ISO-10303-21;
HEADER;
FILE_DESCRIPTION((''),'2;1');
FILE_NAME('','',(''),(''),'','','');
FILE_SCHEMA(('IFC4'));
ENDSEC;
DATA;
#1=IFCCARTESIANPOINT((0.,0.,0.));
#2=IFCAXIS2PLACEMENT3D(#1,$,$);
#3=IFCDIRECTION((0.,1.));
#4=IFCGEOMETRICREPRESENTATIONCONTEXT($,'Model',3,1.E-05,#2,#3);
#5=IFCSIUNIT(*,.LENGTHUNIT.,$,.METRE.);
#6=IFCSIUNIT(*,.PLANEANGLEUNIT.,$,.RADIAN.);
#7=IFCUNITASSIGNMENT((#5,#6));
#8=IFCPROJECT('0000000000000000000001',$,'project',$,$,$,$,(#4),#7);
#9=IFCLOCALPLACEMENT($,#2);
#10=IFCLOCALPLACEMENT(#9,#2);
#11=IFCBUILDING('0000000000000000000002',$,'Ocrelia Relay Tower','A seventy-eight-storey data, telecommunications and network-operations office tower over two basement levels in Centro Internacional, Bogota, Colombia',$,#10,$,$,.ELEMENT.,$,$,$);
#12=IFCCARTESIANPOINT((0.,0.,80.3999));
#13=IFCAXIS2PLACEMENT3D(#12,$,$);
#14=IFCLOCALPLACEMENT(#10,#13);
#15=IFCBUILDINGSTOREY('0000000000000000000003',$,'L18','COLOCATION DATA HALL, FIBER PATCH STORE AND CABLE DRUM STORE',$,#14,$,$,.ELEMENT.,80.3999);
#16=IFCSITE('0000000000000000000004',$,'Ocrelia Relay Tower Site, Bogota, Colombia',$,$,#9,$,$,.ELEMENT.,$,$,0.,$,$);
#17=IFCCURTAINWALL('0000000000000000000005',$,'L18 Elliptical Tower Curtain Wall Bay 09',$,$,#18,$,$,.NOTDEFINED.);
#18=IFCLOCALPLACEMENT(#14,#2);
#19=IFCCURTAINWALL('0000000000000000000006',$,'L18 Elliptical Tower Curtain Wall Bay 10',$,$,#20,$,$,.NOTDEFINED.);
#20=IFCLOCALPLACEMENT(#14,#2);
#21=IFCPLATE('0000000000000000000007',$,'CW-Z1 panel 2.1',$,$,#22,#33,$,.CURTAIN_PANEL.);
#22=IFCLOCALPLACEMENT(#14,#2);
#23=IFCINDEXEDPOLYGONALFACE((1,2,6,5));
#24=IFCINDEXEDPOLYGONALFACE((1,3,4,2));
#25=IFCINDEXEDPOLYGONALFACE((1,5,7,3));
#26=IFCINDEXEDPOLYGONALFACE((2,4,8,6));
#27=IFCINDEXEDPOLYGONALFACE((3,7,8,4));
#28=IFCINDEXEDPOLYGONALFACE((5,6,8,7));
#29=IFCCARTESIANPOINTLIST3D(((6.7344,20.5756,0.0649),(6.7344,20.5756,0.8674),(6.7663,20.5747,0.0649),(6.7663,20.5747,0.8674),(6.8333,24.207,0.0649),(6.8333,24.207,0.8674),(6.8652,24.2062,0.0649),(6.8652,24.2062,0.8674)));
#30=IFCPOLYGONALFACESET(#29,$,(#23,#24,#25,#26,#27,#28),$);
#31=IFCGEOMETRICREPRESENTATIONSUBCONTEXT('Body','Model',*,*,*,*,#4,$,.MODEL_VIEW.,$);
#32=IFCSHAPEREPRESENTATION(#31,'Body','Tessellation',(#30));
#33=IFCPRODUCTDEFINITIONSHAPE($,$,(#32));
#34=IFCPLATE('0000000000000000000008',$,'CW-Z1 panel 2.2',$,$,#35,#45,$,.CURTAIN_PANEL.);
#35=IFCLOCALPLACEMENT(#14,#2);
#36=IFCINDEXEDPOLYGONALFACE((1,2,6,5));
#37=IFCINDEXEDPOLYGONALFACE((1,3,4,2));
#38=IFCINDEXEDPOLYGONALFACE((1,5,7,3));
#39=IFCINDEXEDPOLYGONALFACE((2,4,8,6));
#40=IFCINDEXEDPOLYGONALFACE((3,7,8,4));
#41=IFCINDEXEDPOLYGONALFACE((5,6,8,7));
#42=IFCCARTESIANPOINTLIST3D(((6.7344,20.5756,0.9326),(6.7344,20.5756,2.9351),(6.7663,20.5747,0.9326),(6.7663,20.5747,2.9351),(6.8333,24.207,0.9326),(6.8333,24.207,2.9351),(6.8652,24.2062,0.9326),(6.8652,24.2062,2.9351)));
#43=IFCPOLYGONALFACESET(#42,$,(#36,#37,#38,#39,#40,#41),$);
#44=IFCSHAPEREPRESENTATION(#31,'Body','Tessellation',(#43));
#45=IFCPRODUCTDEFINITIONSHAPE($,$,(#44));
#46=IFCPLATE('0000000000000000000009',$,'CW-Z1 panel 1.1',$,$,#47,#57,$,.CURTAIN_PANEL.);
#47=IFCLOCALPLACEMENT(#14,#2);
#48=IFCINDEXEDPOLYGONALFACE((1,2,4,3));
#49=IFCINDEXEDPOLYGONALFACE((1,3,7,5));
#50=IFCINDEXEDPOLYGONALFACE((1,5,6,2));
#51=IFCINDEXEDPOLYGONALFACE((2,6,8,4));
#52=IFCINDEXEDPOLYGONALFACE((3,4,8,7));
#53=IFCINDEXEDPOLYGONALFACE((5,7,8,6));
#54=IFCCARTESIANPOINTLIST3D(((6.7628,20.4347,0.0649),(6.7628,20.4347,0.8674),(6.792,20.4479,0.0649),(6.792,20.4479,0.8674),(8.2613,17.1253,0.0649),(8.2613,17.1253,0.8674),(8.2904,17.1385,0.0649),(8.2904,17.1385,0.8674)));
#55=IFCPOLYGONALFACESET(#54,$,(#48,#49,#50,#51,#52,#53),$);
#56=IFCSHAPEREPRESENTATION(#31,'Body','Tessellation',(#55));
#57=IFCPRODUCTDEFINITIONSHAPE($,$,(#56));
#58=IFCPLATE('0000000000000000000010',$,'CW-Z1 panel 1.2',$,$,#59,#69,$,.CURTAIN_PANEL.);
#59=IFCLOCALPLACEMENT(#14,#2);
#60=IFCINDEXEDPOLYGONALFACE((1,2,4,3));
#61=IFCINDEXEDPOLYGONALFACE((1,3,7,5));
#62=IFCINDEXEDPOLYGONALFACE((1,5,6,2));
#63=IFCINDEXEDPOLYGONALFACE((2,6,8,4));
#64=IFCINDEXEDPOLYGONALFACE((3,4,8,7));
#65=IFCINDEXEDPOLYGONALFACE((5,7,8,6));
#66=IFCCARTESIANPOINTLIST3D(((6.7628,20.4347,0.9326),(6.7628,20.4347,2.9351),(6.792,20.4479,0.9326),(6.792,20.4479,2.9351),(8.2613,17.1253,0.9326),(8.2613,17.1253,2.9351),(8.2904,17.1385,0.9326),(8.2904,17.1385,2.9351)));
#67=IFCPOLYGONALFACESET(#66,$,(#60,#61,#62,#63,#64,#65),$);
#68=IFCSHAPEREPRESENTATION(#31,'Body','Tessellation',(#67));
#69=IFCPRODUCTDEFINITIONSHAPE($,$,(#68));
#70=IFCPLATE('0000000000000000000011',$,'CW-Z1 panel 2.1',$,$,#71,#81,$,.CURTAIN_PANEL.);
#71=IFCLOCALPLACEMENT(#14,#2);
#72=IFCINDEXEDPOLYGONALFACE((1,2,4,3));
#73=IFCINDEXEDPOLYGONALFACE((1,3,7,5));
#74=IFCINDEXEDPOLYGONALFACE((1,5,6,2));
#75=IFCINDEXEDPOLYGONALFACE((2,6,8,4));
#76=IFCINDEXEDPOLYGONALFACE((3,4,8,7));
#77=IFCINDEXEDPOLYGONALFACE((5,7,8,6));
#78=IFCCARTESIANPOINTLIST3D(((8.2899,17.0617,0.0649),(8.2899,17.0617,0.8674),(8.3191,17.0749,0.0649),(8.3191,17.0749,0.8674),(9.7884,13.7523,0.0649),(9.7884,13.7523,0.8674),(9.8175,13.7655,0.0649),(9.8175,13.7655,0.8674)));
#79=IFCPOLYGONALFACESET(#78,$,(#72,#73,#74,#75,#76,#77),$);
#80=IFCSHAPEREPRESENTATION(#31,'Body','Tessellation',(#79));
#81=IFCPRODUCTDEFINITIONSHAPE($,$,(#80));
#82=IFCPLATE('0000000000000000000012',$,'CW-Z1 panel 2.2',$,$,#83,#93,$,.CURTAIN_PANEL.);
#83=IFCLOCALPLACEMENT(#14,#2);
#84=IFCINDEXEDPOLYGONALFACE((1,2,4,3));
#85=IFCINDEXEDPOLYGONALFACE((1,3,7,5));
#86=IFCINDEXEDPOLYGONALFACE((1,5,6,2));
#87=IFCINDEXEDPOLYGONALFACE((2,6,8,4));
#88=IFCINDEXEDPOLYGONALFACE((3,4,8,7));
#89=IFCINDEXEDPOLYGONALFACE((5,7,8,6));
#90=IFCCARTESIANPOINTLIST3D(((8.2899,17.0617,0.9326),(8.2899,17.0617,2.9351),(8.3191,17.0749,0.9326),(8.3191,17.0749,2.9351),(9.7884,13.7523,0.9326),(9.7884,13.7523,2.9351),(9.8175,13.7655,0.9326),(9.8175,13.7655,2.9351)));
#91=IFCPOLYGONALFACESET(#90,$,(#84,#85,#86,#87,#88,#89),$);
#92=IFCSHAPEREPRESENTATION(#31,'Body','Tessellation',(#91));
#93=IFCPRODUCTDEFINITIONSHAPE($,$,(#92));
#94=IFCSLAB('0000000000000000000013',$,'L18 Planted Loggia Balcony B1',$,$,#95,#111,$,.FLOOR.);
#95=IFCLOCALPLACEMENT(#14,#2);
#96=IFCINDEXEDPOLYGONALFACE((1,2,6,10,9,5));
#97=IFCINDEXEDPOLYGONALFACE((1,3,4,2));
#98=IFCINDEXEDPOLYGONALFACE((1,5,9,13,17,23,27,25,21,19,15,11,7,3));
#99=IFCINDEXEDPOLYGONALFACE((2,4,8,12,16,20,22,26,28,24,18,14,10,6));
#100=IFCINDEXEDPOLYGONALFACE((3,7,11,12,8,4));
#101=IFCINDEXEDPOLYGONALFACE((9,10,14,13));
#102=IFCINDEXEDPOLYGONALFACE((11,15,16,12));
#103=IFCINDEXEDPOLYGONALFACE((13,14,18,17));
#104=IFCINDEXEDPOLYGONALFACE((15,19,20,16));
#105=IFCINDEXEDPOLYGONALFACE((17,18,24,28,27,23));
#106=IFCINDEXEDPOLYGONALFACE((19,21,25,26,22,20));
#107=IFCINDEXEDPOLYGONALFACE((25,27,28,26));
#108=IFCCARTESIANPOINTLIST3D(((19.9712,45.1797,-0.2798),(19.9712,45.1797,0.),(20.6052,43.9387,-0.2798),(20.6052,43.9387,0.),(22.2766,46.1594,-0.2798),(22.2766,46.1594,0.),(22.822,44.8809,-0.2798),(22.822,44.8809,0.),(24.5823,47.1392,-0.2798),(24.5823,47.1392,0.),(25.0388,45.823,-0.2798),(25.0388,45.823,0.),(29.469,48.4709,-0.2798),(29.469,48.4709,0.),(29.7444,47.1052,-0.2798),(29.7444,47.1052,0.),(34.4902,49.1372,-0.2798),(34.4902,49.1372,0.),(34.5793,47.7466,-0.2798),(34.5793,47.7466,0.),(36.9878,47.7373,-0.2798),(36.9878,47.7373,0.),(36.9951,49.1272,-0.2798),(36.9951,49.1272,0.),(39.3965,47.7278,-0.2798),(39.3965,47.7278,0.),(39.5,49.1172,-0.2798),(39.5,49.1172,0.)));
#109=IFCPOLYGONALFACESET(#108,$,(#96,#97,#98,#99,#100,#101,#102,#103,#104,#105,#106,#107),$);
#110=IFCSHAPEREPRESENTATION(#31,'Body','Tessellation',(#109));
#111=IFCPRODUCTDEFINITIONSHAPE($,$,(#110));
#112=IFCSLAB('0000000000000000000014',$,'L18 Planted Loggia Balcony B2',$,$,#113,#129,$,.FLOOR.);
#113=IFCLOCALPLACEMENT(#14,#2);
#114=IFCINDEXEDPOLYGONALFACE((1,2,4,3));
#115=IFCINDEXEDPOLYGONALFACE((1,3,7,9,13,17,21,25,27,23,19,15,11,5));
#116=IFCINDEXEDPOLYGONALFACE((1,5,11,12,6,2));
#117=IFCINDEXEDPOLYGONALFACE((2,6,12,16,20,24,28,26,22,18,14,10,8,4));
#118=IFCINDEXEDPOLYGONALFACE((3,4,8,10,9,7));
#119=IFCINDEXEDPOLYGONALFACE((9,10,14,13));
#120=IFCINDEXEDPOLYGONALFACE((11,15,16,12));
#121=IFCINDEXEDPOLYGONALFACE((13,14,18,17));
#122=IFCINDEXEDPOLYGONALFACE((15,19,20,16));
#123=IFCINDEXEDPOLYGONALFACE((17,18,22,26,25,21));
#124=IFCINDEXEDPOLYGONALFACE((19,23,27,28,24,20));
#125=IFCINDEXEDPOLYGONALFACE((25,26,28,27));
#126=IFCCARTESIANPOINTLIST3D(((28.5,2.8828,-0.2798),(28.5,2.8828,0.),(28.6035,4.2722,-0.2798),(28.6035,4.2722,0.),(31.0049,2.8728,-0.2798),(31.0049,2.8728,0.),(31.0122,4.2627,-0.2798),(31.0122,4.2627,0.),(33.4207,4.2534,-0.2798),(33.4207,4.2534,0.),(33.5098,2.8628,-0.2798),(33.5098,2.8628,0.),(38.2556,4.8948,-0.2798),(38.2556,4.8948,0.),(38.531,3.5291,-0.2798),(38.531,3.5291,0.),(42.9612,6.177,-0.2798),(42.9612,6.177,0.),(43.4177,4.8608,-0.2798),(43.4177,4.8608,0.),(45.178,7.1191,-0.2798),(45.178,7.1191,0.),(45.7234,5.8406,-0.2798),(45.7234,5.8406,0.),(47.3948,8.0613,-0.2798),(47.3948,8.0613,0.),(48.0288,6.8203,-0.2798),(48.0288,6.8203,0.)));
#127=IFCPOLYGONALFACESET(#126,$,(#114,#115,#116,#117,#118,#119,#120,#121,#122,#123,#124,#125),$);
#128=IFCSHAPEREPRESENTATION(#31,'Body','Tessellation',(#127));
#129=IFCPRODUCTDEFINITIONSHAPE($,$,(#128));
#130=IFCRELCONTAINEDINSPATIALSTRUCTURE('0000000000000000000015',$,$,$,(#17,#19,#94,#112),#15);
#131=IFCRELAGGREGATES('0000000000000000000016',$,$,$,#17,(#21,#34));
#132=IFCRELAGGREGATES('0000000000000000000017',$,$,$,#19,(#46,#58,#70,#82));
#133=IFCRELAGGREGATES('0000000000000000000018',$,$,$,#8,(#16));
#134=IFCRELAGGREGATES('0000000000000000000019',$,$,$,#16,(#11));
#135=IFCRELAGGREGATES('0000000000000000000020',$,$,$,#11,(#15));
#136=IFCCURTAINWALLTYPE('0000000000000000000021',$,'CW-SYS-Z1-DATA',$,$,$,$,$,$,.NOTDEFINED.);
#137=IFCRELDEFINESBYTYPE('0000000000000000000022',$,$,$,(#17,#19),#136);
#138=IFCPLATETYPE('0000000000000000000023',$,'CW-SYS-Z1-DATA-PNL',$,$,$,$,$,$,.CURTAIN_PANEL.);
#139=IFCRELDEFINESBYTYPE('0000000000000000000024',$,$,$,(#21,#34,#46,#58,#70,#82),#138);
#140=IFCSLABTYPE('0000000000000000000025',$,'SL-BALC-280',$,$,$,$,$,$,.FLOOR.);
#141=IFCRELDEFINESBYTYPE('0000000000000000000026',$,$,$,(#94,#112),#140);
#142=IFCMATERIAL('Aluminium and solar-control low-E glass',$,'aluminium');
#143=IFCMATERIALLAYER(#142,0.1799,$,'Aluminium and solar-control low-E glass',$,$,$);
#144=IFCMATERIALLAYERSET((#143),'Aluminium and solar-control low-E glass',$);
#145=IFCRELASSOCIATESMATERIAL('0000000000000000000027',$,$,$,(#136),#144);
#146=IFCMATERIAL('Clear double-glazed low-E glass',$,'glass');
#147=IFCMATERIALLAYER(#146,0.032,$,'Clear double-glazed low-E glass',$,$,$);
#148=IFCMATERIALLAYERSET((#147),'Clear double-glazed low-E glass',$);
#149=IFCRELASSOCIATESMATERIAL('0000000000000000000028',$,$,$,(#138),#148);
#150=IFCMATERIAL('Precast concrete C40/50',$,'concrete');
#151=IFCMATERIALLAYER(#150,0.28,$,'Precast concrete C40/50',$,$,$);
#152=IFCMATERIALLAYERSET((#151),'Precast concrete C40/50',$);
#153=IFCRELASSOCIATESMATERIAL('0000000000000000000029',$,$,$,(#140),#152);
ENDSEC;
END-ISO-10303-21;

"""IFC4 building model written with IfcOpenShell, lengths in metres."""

from ifc_helpers import new_model, si_unit, direction, frame, origin, origin_2d, place, context, subcontext, project, spatial, polyline, rectangle, outline, extrude, material, layer, layer_set, type_object, element, aggregate, save


model = new_model("IFC4")

# Units and contexts
model_context = context("Model", 3, precision=1e-05, world=origin(), true_north=direction((0.0, 1.0)))
body_context = subcontext(model_context, "Body", "Model", "MODEL_VIEW")
ifc_project = project(units=[si_unit("LENGTHUNIT", "METRE"), si_unit("PLANEANGLEUNIT", "RADIAN")], contexts=[model_context])

# Site, building, storey
site_placement = place(None, origin())
site = spatial("IfcSite", under=ifc_project, at=site_placement, Name="Ocrelia Relay Tower Site, Bogota, Colombia", CompositionType="ELEMENT", RefElevation=0.0)
building_placement = place(site_placement, origin())
building = spatial("IfcBuilding", under=site, at=building_placement, Name="Ocrelia Relay Tower", Description="A seventy-eight-storey data, telecommunications and network-operations office tower over two basement levels in Centro Internacional, Bogota, Colombia", CompositionType="ELEMENT")
storey_placement = place(building_placement, frame((0.0, 0.0, 80.3999)))
storey = spatial("IfcBuildingStorey", under=building, at=storey_placement, Name="L18", Description="COLOCATION DATA HALL, FIBER PATCH STORE AND CABLE DRUM STORE", CompositionType="ELEMENT", Elevation=80.3999)

# Curtain wall
ifc_material_1 = material(Name="Aluminium and solar-control low-E glass", Category="aluminium")
ifc_layer_1 = layer(ifc_material_1, 0.1799, Name="Aluminium and solar-control low-E glass")
ifc_layer_set_1 = layer_set([ifc_layer_1], Name="Aluminium and solar-control low-E glass")
curtain_wall_type = type_object("IfcCurtainWallType", Name="CW-SYS-Z1-DATA", PredefinedType="NOTDEFINED", material=ifc_layer_set_1)
curtain_wall_1_placement = place(storey_placement, origin())
curtain_wall_1 = element("IfcCurtainWall", 1, at=curtain_wall_1_placement, inside=storey, type_object=curtain_wall_type, Name="L18 Elliptical Tower Curtain Wall Bay 09", PredefinedType="NOTDEFINED")

# Curtain wall
curtain_wall_2_placement = place(storey_placement, origin())
curtain_wall_2 = element("IfcCurtainWall", 2, at=curtain_wall_2_placement, inside=storey, type_object=curtain_wall_type, Name="L18 Elliptical Tower Curtain Wall Bay 10", PredefinedType="NOTDEFINED")

# Plates
ifc_material_2 = material(Name="Clear double-glazed low-E glass", Category="glass")
ifc_layer_2 = layer(ifc_material_2, 0.032, Name="Clear double-glazed low-E glass")
ifc_layer_set_2 = layer_set([ifc_layer_2], Name="Clear double-glazed low-E glass")
plate_type = type_object("IfcPlateType", Name="CW-SYS-Z1-DATA-PNL", PredefinedType="CURTAIN_PANEL", material=ifc_layer_set_2)
plate_1_placement = place(storey_placement, frame((6.7998, 22.3909, 0.0649), z_axis=(0.0, 0.0, 1.0), x_axis=(-0.027222, -0.999629, 0.0)))
plate_1 = element("IfcPlate", 3, at=plate_1_placement, type_object=plate_type, Name="CW-Z1 panel 2.1", PredefinedType="CURTAIN_PANEL", context=body_context, shape_type="SweptSolid", body=[
    extrude(rectangle(XDim=3.6328, YDim=0.032, at=origin_2d()), origin(), (0.0, 0.0, 1.0), 0.8025),
])
plate_2_placement = place(storey_placement, frame((6.7998, 22.3909, 0.9326), z_axis=(0.0, 0.0, 1.0), x_axis=(-0.027222, -0.999629, 0.0)))
plate_2 = element("IfcPlate", 4, at=plate_2_placement, type_object=plate_type, Name="CW-Z1 panel 2.2", PredefinedType="CURTAIN_PANEL", context=body_context, shape_type="SweptSolid", body=[
    extrude(rectangle(XDim=3.6328, YDim=0.032, at=origin_2d()), origin(), (0.0, 0.0, 1.0), 2.0024),
])
aggregate(curtain_wall_1, [plate_1, plate_2])
plate_3_placement = place(storey_placement, frame((7.5266, 18.7866, 0.0649), z_axis=(0.0, 0.0, 1.0), x_axis=(0.412471, -0.910971, 0.0)))
plate_3 = element("IfcPlate", 5, at=plate_3_placement, type_object=plate_type, Name="CW-Z1 panel 1.1", PredefinedType="CURTAIN_PANEL", context=body_context, shape_type="SweptSolid", body=[
    extrude(rectangle(XDim=3.6328, YDim=0.032, at=origin_2d()), origin(), (0.0, 0.0, 1.0), 0.8025),
])
plate_4_placement = place(storey_placement, frame((7.5266, 18.7866, 0.9326), z_axis=(0.0, 0.0, 1.0), x_axis=(0.412471, -0.910971, 0.0)))
plate_4 = element("IfcPlate", 6, at=plate_4_placement, type_object=plate_type, Name="CW-Z1 panel 1.2", PredefinedType="CURTAIN_PANEL", context=body_context, shape_type="SweptSolid", body=[
    extrude(rectangle(XDim=3.6328, YDim=0.032, at=origin_2d()), origin(), (0.0, 0.0, 1.0), 2.0024),
])
plate_5_placement = place(storey_placement, frame((9.0537, 15.4136, 0.0649), z_axis=(0.0, 0.0, 1.0), x_axis=(0.412471, -0.910971, 0.0)))
plate_5 = element("IfcPlate", 7, at=plate_5_placement, type_object=plate_type, Name="CW-Z1 panel 2.1", PredefinedType="CURTAIN_PANEL", context=body_context, shape_type="SweptSolid", body=[
    extrude(rectangle(XDim=3.6328, YDim=0.032, at=origin_2d()), origin(), (0.0, 0.0, 1.0), 0.8025),
])
plate_6_placement = place(storey_placement, frame((9.0537, 15.4136, 0.9326), z_axis=(0.0, 0.0, 1.0), x_axis=(0.412471, -0.910971, 0.0)))
plate_6 = element("IfcPlate", 8, at=plate_6_placement, type_object=plate_type, Name="CW-Z1 panel 2.2", PredefinedType="CURTAIN_PANEL", context=body_context, shape_type="SweptSolid", body=[
    extrude(rectangle(XDim=3.6328, YDim=0.032, at=origin_2d()), origin(), (0.0, 0.0, 1.0), 2.0024),
])
aggregate(curtain_wall_2, [plate_3, plate_4, plate_5, plate_6])

# Slabs
ifc_material_3 = material(Name="Precast concrete C40/50", Category="concrete")
ifc_layer_3 = layer(ifc_material_3, 0.28, Name="Precast concrete C40/50")
ifc_layer_set_3 = layer_set([ifc_layer_3], Name="Precast concrete C40/50")
slab_type_1 = type_object("IfcSlabType", Name="SL-BALC-280", PredefinedType="FLOOR", material=ifc_layer_set_3)
slab_1_placement = place(storey_placement, frame((0.0, 0.0, -0.2798)))
element("IfcSlab", 9, at=slab_1_placement, inside=storey, type_object=slab_type_1, Name="L18 Planted Loggia Balcony B1", PredefinedType="FLOOR", context=body_context, shape_type="SweptSolid", body=[
    extrude(outline(polyline([(39.3965, 47.7278), (36.9878, 47.7373), (34.5793, 47.7466), (29.7444, 47.1052), (25.0388, 45.823), (22.822, 44.8809), (20.6052, 43.9387), (19.9712, 45.1797), (22.2766, 46.1594), (24.5823, 47.1392), (29.469, 48.4709), (34.4902, 49.1372), (36.9951, 49.1272), (39.5, 49.1172), (39.3965, 47.7278)])), origin(), (0.0, 0.0, 1.0), 0.2798),
])
slab_2_placement = place(storey_placement, frame((0.0, 0.0, -0.2798)))
element("IfcSlab", 10, at=slab_2_placement, inside=storey, type_object=slab_type_1, Name="L18 Planted Loggia Balcony B2", PredefinedType="FLOOR", context=body_context, shape_type="SweptSolid", body=[
    extrude(outline(polyline([(28.6035, 4.2722), (31.0122, 4.2627), (33.4207, 4.2534), (38.2556, 4.8948), (42.9612, 6.177), (45.178, 7.1191), (47.3948, 8.0613), (48.0288, 6.8203), (45.7234, 5.8406), (43.4177, 4.8608), (38.531, 3.5291), (33.5098, 2.8628), (31.0049, 2.8728), (28.5, 2.8828), (28.6035, 4.2722)])), origin(), (0.0, 0.0, 1.0), 0.2798),
])

save(model, "model.ifc")
